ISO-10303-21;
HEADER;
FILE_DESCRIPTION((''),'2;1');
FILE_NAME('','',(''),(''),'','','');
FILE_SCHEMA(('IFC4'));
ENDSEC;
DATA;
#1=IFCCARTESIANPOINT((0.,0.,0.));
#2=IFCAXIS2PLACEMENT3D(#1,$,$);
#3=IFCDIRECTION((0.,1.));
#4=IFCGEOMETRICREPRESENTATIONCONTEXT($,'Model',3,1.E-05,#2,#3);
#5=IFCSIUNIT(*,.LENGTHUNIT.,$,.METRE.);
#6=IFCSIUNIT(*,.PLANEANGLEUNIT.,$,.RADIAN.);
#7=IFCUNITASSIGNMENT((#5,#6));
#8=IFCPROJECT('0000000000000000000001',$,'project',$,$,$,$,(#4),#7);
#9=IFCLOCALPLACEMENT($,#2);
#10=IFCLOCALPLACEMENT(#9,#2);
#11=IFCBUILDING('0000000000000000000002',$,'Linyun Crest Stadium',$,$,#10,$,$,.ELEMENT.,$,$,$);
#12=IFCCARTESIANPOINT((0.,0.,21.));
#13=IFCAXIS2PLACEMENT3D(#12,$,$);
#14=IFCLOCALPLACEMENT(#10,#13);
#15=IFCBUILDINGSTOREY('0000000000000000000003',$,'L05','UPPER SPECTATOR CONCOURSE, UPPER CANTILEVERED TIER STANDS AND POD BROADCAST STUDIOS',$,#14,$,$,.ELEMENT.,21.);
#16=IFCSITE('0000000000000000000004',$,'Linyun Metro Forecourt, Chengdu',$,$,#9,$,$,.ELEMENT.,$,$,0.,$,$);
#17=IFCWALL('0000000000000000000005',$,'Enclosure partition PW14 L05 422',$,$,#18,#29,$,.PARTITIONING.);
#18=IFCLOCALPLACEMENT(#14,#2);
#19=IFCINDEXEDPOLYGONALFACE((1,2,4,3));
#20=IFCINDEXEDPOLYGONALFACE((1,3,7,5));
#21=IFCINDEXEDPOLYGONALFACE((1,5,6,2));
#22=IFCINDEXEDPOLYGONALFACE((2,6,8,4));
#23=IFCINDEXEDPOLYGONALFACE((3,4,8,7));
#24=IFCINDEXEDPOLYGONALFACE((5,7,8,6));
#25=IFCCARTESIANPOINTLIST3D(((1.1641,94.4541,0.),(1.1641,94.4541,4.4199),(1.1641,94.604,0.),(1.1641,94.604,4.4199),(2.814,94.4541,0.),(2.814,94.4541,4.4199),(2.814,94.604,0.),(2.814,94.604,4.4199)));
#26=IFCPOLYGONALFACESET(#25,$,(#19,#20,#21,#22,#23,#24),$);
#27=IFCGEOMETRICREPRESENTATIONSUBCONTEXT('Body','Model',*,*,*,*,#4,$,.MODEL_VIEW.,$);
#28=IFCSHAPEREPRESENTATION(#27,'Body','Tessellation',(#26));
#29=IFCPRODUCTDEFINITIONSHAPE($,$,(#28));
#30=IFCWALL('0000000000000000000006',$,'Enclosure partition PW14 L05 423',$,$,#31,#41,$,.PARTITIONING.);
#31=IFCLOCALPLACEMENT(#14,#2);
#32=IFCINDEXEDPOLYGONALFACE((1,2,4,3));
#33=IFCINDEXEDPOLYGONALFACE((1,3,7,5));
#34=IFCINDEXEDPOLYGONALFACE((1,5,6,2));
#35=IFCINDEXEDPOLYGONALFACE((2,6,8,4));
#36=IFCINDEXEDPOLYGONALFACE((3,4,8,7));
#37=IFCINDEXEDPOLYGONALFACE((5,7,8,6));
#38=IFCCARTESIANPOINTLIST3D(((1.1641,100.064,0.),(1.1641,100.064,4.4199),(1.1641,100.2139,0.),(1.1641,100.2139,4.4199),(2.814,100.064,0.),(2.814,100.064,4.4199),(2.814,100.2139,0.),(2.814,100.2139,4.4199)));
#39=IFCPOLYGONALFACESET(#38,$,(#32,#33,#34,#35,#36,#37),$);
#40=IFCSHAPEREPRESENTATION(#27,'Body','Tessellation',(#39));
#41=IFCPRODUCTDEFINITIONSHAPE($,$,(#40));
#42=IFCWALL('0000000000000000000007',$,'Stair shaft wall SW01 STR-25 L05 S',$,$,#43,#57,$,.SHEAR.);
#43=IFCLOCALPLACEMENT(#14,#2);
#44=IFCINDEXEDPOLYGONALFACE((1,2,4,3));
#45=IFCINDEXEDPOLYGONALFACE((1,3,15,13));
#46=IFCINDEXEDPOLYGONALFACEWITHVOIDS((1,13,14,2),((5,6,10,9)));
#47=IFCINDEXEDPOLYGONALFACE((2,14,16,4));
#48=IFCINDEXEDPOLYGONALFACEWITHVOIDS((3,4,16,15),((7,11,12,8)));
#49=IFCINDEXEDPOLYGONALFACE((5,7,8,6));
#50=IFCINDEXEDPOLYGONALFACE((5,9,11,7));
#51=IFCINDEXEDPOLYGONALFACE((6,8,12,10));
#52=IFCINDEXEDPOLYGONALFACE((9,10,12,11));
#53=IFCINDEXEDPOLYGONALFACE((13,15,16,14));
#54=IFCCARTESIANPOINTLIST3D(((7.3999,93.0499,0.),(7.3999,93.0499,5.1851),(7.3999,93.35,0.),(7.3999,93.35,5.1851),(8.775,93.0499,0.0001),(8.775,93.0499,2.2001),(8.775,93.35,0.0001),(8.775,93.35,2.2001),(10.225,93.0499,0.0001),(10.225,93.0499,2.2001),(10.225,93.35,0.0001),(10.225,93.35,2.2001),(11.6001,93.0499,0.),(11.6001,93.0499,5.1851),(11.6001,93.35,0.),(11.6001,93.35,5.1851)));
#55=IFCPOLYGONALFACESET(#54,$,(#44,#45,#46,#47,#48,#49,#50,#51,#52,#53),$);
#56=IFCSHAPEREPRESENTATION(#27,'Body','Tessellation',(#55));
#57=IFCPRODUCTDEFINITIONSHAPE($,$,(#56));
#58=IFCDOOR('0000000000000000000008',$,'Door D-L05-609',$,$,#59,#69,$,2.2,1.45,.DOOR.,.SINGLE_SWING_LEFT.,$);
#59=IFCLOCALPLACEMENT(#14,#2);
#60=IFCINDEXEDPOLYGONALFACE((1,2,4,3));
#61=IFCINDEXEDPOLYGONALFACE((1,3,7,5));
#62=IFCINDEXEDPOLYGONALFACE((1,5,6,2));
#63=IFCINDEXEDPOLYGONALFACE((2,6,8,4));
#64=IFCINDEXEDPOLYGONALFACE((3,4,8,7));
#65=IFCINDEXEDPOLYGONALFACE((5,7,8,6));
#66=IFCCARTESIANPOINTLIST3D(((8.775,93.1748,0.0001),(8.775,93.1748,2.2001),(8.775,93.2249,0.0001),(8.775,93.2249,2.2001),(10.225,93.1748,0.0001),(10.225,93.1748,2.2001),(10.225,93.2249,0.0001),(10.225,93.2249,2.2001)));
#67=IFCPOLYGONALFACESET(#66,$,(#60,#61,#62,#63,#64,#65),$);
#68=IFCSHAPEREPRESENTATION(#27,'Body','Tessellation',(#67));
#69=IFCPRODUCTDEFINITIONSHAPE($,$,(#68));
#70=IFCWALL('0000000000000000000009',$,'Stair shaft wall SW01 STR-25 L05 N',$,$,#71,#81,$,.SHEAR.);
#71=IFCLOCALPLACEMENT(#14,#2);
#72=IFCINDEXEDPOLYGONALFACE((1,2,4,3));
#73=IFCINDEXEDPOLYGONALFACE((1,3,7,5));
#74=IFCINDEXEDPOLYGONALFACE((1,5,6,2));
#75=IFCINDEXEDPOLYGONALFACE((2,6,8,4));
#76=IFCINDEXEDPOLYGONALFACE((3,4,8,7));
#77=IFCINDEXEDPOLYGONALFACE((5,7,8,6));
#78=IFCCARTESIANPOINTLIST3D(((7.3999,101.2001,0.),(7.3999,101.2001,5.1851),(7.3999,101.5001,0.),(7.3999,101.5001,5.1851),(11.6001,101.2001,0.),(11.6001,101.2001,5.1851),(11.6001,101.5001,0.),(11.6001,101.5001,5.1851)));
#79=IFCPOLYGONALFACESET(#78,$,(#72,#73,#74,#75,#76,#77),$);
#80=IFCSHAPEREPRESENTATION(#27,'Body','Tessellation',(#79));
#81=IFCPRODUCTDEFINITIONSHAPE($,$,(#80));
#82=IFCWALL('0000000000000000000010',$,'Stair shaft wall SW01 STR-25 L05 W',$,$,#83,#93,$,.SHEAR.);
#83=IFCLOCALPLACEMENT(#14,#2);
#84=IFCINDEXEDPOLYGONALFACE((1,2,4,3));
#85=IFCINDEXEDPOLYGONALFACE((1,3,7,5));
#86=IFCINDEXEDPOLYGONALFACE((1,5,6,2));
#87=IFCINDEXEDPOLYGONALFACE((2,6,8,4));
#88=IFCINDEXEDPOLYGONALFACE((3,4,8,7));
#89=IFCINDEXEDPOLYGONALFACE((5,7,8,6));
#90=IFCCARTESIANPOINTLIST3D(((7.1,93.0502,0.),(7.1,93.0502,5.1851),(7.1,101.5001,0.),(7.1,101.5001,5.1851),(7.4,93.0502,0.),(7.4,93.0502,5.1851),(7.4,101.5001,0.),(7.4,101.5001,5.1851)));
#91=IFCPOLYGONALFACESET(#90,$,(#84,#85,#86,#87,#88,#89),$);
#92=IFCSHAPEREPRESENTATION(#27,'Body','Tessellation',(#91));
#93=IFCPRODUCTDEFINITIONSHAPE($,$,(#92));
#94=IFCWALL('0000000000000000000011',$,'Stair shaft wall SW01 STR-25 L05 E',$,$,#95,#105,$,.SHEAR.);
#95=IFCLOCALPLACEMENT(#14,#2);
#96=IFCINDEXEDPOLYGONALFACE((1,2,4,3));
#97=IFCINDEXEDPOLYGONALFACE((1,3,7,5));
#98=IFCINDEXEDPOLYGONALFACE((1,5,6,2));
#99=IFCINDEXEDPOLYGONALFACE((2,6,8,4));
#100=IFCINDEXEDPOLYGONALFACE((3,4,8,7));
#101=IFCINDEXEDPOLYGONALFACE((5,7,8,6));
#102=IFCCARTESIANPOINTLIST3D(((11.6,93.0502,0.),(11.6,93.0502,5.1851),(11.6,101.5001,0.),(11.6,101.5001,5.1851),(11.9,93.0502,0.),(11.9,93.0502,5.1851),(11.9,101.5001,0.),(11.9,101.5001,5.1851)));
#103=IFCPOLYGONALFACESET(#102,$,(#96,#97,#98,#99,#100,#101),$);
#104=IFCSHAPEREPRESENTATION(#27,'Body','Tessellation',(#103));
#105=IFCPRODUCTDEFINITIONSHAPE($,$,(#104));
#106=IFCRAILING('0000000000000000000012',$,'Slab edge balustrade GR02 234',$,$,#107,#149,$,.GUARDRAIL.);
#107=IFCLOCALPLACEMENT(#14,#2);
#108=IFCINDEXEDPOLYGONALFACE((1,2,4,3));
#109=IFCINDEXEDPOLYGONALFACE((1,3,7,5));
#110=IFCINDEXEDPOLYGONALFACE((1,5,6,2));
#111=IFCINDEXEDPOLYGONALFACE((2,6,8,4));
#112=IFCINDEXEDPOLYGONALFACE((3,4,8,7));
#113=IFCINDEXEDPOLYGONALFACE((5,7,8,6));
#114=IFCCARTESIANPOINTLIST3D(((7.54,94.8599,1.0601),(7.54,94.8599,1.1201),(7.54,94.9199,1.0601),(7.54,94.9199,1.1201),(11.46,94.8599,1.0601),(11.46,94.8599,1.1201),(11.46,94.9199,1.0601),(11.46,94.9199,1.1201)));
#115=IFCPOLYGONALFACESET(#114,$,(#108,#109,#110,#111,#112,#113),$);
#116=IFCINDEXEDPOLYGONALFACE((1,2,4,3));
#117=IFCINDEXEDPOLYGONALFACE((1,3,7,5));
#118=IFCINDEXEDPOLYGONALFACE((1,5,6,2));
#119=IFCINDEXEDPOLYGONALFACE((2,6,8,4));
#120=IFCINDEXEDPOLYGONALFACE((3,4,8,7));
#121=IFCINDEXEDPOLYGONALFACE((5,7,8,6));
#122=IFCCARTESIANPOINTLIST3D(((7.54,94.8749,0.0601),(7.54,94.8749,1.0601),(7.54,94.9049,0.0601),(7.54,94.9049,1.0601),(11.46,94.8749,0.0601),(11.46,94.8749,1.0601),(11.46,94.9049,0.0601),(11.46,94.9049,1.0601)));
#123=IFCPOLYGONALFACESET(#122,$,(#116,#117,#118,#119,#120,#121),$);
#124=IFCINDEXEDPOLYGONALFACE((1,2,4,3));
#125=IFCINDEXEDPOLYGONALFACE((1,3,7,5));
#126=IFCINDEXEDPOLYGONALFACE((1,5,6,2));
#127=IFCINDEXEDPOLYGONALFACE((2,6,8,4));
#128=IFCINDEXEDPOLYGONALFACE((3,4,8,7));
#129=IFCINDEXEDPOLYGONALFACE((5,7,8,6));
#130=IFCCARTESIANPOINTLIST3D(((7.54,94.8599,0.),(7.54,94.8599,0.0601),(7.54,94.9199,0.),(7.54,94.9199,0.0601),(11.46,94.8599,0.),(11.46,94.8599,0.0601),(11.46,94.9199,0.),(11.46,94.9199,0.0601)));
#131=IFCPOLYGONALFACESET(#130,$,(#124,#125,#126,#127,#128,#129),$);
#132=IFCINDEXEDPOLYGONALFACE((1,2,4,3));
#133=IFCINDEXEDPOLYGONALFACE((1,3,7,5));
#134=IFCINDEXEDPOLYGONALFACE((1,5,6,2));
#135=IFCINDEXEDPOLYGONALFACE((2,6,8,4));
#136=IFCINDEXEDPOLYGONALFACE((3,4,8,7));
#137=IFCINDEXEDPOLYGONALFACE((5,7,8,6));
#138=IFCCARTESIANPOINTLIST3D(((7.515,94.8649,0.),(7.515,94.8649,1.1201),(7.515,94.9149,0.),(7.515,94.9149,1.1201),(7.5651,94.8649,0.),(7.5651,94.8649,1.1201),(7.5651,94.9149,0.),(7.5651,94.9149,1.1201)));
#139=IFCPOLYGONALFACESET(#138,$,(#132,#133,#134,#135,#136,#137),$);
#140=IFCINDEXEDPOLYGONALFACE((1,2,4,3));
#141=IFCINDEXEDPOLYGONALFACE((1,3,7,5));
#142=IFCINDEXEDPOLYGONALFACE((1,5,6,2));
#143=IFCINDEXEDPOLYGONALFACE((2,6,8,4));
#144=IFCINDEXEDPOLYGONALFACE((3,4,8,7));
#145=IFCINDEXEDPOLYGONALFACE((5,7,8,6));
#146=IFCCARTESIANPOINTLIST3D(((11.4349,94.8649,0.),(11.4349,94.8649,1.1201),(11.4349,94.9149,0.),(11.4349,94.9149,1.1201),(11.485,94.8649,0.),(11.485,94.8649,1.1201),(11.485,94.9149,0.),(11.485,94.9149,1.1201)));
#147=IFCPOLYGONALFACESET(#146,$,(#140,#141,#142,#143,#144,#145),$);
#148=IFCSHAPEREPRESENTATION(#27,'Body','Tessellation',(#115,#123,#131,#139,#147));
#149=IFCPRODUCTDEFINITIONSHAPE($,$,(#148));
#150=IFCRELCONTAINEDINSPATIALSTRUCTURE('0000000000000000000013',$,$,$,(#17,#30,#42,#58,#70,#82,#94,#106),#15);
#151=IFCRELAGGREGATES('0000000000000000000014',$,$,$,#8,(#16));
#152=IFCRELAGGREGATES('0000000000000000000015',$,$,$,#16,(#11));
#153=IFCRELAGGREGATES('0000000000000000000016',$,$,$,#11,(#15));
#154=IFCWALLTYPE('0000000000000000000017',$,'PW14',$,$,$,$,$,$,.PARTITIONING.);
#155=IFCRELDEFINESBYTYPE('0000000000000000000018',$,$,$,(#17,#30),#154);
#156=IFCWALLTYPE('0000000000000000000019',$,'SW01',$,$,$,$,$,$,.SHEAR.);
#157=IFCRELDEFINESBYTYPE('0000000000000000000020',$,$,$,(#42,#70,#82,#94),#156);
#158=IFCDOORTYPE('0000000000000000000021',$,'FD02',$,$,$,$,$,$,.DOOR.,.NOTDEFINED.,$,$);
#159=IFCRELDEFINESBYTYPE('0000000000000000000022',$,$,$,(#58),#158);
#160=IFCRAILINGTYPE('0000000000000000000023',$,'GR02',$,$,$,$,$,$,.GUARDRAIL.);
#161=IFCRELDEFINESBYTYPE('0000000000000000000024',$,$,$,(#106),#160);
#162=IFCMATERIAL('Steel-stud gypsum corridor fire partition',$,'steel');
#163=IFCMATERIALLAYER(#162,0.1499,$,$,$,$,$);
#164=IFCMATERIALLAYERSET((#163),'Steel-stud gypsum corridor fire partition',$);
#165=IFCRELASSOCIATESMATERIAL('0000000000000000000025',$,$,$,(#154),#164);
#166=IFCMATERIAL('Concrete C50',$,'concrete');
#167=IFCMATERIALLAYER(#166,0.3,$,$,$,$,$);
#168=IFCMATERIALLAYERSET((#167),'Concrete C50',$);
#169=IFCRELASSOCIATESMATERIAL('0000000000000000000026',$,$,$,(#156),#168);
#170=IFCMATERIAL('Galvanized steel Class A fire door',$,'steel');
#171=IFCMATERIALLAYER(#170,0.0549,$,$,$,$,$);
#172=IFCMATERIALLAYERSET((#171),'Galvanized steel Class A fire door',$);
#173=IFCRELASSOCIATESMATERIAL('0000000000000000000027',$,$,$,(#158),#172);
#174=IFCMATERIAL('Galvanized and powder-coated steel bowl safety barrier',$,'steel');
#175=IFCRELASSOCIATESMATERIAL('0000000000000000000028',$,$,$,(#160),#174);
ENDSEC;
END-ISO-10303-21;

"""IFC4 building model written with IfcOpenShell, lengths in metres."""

from ifc_helpers import new_model, si_unit, direction, frame, frame_2d, origin, origin_2d, place, context, subcontext, project, spatial, rectangle, extrude, material, layer, layer_set, type_object, element, fill, save


model = new_model("IFC4")

# Units and contexts
model_context = context("Model", 3, precision=1e-05, world=origin(), true_north=direction((0.0, 1.0)))
body_context = subcontext(model_context, "Body", "Model", "MODEL_VIEW")
ifc_project = project(units=[si_unit("LENGTHUNIT", "METRE"), si_unit("PLANEANGLEUNIT", "RADIAN")], contexts=[model_context])

# Site, building, storey
site_placement = place(None, origin())
site = spatial("IfcSite", under=ifc_project, at=site_placement, Name="Linyun Metro Forecourt, Chengdu", CompositionType="ELEMENT", RefElevation=0.0)
building_placement = place(site_placement, origin())
building = spatial("IfcBuilding", under=site, at=building_placement, Name="Linyun Crest Stadium", CompositionType="ELEMENT")
storey_placement = place(building_placement, frame((0.0, 0.0, 21.0)))
storey = spatial("IfcBuildingStorey", under=building, at=storey_placement, Name="L05", Description="UPPER SPECTATOR CONCOURSE, UPPER CANTILEVERED TIER STANDS AND POD BROADCAST STUDIOS", CompositionType="ELEMENT", Elevation=21.0)

# Shared definitions
ifc_material_1 = material(Name="Steel-stud gypsum corridor fire partition", Category="steel")
ifc_layer_1 = layer(ifc_material_1, 0.1499)
ifc_layer_set_1 = layer_set([ifc_layer_1], Name="Steel-stud gypsum corridor fire partition")
wall_type_1 = type_object("IfcWallType", Name="PW14", PredefinedType="PARTITIONING", material=ifc_layer_set_1)

# Walls
for number, where, z_axis, x_axis, name in (
    (1, (1.1641, 94.5291, 0.0), (0.0, 0.0, 1.0), (1.0, 0.0, 0.0), "Enclosure partition PW14 L05 422"),
    (2, (1.1641, 100.1389, 0.0), (0.0, 0.0, 1.0), (1.0, 0.0, 0.0), "Enclosure partition PW14 L05 423"),
):
    element("IfcWall", number, at=place(storey_placement, frame(where, z_axis=z_axis, x_axis=x_axis)), inside=storey, type_object=wall_type_1, Name=name, PredefinedType="PARTITIONING", context=body_context, shape_type="SweptSolid", body=[
        extrude(rectangle(XDim=1.6499, YDim=0.1499, at=frame_2d((0.825, 0.0))), origin(), (0.0, 0.0, 1.0), 4.4199),
    ])

# Wall, opening, door
ifc_material_2 = material(Name="Concrete C50", Category="concrete")
ifc_layer_2 = layer(ifc_material_2, 0.3)
ifc_layer_set_2 = layer_set([ifc_layer_2], Name="Concrete C50")
wall_type_2 = type_object("IfcWallType", Name="SW01", PredefinedType="SHEAR", material=ifc_layer_set_2)
wall_1_placement = place(storey_placement, frame((7.3999, 93.2, 0.0), z_axis=(0.0, 0.0, 1.0), x_axis=(1.0, 0.0, 0.0)))
wall_1 = element("IfcWall", 3, at=wall_1_placement, inside=storey, type_object=wall_type_2, Name="Stair shaft wall SW01 STR-25 L05 S", PredefinedType="SHEAR", context=body_context, shape_type="SweptSolid", body=[
    extrude(rectangle(XDim=4.2002, YDim=0.3, at=frame_2d((2.1001, 0.0))), origin(), (0.0, 0.0, 1.0), 5.1851),
])
opening_1_placement = place(wall_1_placement, frame((1.375, 0.0, 0.0)))
opening_1 = element("IfcOpeningElement", 4, at=opening_1_placement, cuts=wall_1, PredefinedType="OPENING", context=body_context, shape_type="SweptSolid", body=[
    extrude(rectangle(XDim=1.45, YDim=2.2, at=frame_2d((0.7251, 1.1001))), frame((0.0, 0.1599, 0.0), z_axis=(0.0, -1.0, 0.0), x_axis=(1.0, 0.0, 0.0)), (0.0, 0.0, 1.0), 0.3201),
])
ifc_material_3 = material(Name="Galvanized steel Class A fire door", Category="steel")
ifc_layer_3 = layer(ifc_material_3, 0.0549)
ifc_layer_set_3 = layer_set([ifc_layer_3], Name="Galvanized steel Class A fire door")
door_type_1 = type_object("IfcDoorType", Name="FD02", OperationType="NOTDEFINED", PredefinedType="DOOR", material=ifc_layer_set_3)
door_1_placement = place(opening_1_placement, origin())
door_1 = element("IfcDoor", 5, at=door_1_placement, inside=storey, type_object=door_type_1, Name="Door D-L05-609", OperationType="SINGLE_SWING_LEFT", OverallHeight=2.2, OverallWidth=1.45, PredefinedType="DOOR", context=body_context, shape_type="SweptSolid", body=[
    extrude(rectangle(XDim=1.45, YDim=2.2, at=frame_2d((0.7251, 1.1001))), frame((0.0, 0.0249, 0.0), z_axis=(0.0, -1.0, 0.0), x_axis=(1.0, 0.0, 0.0)), (0.0, 0.0, 1.0), 0.05),
])
fill(opening_1, door_1)

# Walls
wall_2_placement = place(storey_placement, frame((7.3999, 101.3501, 0.0), z_axis=(0.0, 0.0, 1.0), x_axis=(1.0, 0.0, 0.0)))
element("IfcWall", 6, at=wall_2_placement, inside=storey, type_object=wall_type_2, Name="Stair shaft wall SW01 STR-25 L05 N", PredefinedType="SHEAR", context=body_context, shape_type="SweptSolid", body=[
    extrude(rectangle(XDim=4.2002, YDim=0.3, at=frame_2d((2.1001, 0.0))), origin(), (0.0, 0.0, 1.0), 5.1851),
])
for number, where, z_axis, x_axis, name in (
    (7, (7.25, 93.05, 0.0), (0.0, 0.0, 1.0), (0.0, 1.0, 0.0), "Stair shaft wall SW01 STR-25 L05 W"),
    (8, (11.75, 93.05, 0.0), (0.0, 0.0, 1.0), (0.0, 1.0, 0.0), "Stair shaft wall SW01 STR-25 L05 E"),
):
    element("IfcWall", number, at=place(storey_placement, frame(where, z_axis=z_axis, x_axis=x_axis)), inside=storey, type_object=wall_type_2, Name=name, PredefinedType="SHEAR", context=body_context, shape_type="SweptSolid", body=[
        extrude(rectangle(XDim=8.45, YDim=0.3, at=frame_2d((4.2251, 0.0))), origin(), (0.0, 0.0, 1.0), 5.1851),
    ])

# Railing
ifc_material_4 = material(Name="Galvanized and powder-coated steel bowl safety barrier", Category="steel")
railing_type_1 = type_object("IfcRailingType", Name="GR02", PredefinedType="GUARDRAIL", material=ifc_material_4)
railing_1_placement = place(storey_placement, frame((7.54, 94.8899, 0.0)))
element("IfcRailing", 9, at=railing_1_placement, inside=storey, type_object=railing_type_1, Name="Slab edge balustrade GR02 234", PredefinedType="GUARDRAIL", context=body_context, shape_type="SweptSolid", body=[
    extrude(rectangle(XDim=0.0601, YDim=0.0601, at=origin_2d()), frame((0.0, 0.0, 1.0901), z_axis=(1.0, 0.0, 0.0), x_axis=(0.0, 1.0, 0.0)), (0.0, 0.0, 1.0), 3.9199),
    extrude(rectangle(XDim=0.03, YDim=1.0, at=origin_2d()), frame((0.0, 0.0, 0.5601), z_axis=(1.0, 0.0, 0.0), x_axis=(0.0, 1.0, 0.0)), (0.0, 0.0, 1.0), 3.9199),
    extrude(rectangle(XDim=0.0601, YDim=0.0601, at=origin_2d()), frame((0.0, 0.0, 0.03), z_axis=(1.0, 0.0, 0.0), x_axis=(0.0, 1.0, 0.0)), (0.0, 0.0, 1.0), 3.9199),
    extrude(rectangle(XDim=0.05, YDim=0.05, at=origin_2d()), origin(), (0.0, 0.0, 1.0), 1.1201),
    extrude(rectangle(XDim=0.05, YDim=0.05, at=origin_2d()), frame((3.9199, 0.0, 0.0)), (0.0, 0.0, 1.0), 1.1201),
])

save(model, "model.ifc")
